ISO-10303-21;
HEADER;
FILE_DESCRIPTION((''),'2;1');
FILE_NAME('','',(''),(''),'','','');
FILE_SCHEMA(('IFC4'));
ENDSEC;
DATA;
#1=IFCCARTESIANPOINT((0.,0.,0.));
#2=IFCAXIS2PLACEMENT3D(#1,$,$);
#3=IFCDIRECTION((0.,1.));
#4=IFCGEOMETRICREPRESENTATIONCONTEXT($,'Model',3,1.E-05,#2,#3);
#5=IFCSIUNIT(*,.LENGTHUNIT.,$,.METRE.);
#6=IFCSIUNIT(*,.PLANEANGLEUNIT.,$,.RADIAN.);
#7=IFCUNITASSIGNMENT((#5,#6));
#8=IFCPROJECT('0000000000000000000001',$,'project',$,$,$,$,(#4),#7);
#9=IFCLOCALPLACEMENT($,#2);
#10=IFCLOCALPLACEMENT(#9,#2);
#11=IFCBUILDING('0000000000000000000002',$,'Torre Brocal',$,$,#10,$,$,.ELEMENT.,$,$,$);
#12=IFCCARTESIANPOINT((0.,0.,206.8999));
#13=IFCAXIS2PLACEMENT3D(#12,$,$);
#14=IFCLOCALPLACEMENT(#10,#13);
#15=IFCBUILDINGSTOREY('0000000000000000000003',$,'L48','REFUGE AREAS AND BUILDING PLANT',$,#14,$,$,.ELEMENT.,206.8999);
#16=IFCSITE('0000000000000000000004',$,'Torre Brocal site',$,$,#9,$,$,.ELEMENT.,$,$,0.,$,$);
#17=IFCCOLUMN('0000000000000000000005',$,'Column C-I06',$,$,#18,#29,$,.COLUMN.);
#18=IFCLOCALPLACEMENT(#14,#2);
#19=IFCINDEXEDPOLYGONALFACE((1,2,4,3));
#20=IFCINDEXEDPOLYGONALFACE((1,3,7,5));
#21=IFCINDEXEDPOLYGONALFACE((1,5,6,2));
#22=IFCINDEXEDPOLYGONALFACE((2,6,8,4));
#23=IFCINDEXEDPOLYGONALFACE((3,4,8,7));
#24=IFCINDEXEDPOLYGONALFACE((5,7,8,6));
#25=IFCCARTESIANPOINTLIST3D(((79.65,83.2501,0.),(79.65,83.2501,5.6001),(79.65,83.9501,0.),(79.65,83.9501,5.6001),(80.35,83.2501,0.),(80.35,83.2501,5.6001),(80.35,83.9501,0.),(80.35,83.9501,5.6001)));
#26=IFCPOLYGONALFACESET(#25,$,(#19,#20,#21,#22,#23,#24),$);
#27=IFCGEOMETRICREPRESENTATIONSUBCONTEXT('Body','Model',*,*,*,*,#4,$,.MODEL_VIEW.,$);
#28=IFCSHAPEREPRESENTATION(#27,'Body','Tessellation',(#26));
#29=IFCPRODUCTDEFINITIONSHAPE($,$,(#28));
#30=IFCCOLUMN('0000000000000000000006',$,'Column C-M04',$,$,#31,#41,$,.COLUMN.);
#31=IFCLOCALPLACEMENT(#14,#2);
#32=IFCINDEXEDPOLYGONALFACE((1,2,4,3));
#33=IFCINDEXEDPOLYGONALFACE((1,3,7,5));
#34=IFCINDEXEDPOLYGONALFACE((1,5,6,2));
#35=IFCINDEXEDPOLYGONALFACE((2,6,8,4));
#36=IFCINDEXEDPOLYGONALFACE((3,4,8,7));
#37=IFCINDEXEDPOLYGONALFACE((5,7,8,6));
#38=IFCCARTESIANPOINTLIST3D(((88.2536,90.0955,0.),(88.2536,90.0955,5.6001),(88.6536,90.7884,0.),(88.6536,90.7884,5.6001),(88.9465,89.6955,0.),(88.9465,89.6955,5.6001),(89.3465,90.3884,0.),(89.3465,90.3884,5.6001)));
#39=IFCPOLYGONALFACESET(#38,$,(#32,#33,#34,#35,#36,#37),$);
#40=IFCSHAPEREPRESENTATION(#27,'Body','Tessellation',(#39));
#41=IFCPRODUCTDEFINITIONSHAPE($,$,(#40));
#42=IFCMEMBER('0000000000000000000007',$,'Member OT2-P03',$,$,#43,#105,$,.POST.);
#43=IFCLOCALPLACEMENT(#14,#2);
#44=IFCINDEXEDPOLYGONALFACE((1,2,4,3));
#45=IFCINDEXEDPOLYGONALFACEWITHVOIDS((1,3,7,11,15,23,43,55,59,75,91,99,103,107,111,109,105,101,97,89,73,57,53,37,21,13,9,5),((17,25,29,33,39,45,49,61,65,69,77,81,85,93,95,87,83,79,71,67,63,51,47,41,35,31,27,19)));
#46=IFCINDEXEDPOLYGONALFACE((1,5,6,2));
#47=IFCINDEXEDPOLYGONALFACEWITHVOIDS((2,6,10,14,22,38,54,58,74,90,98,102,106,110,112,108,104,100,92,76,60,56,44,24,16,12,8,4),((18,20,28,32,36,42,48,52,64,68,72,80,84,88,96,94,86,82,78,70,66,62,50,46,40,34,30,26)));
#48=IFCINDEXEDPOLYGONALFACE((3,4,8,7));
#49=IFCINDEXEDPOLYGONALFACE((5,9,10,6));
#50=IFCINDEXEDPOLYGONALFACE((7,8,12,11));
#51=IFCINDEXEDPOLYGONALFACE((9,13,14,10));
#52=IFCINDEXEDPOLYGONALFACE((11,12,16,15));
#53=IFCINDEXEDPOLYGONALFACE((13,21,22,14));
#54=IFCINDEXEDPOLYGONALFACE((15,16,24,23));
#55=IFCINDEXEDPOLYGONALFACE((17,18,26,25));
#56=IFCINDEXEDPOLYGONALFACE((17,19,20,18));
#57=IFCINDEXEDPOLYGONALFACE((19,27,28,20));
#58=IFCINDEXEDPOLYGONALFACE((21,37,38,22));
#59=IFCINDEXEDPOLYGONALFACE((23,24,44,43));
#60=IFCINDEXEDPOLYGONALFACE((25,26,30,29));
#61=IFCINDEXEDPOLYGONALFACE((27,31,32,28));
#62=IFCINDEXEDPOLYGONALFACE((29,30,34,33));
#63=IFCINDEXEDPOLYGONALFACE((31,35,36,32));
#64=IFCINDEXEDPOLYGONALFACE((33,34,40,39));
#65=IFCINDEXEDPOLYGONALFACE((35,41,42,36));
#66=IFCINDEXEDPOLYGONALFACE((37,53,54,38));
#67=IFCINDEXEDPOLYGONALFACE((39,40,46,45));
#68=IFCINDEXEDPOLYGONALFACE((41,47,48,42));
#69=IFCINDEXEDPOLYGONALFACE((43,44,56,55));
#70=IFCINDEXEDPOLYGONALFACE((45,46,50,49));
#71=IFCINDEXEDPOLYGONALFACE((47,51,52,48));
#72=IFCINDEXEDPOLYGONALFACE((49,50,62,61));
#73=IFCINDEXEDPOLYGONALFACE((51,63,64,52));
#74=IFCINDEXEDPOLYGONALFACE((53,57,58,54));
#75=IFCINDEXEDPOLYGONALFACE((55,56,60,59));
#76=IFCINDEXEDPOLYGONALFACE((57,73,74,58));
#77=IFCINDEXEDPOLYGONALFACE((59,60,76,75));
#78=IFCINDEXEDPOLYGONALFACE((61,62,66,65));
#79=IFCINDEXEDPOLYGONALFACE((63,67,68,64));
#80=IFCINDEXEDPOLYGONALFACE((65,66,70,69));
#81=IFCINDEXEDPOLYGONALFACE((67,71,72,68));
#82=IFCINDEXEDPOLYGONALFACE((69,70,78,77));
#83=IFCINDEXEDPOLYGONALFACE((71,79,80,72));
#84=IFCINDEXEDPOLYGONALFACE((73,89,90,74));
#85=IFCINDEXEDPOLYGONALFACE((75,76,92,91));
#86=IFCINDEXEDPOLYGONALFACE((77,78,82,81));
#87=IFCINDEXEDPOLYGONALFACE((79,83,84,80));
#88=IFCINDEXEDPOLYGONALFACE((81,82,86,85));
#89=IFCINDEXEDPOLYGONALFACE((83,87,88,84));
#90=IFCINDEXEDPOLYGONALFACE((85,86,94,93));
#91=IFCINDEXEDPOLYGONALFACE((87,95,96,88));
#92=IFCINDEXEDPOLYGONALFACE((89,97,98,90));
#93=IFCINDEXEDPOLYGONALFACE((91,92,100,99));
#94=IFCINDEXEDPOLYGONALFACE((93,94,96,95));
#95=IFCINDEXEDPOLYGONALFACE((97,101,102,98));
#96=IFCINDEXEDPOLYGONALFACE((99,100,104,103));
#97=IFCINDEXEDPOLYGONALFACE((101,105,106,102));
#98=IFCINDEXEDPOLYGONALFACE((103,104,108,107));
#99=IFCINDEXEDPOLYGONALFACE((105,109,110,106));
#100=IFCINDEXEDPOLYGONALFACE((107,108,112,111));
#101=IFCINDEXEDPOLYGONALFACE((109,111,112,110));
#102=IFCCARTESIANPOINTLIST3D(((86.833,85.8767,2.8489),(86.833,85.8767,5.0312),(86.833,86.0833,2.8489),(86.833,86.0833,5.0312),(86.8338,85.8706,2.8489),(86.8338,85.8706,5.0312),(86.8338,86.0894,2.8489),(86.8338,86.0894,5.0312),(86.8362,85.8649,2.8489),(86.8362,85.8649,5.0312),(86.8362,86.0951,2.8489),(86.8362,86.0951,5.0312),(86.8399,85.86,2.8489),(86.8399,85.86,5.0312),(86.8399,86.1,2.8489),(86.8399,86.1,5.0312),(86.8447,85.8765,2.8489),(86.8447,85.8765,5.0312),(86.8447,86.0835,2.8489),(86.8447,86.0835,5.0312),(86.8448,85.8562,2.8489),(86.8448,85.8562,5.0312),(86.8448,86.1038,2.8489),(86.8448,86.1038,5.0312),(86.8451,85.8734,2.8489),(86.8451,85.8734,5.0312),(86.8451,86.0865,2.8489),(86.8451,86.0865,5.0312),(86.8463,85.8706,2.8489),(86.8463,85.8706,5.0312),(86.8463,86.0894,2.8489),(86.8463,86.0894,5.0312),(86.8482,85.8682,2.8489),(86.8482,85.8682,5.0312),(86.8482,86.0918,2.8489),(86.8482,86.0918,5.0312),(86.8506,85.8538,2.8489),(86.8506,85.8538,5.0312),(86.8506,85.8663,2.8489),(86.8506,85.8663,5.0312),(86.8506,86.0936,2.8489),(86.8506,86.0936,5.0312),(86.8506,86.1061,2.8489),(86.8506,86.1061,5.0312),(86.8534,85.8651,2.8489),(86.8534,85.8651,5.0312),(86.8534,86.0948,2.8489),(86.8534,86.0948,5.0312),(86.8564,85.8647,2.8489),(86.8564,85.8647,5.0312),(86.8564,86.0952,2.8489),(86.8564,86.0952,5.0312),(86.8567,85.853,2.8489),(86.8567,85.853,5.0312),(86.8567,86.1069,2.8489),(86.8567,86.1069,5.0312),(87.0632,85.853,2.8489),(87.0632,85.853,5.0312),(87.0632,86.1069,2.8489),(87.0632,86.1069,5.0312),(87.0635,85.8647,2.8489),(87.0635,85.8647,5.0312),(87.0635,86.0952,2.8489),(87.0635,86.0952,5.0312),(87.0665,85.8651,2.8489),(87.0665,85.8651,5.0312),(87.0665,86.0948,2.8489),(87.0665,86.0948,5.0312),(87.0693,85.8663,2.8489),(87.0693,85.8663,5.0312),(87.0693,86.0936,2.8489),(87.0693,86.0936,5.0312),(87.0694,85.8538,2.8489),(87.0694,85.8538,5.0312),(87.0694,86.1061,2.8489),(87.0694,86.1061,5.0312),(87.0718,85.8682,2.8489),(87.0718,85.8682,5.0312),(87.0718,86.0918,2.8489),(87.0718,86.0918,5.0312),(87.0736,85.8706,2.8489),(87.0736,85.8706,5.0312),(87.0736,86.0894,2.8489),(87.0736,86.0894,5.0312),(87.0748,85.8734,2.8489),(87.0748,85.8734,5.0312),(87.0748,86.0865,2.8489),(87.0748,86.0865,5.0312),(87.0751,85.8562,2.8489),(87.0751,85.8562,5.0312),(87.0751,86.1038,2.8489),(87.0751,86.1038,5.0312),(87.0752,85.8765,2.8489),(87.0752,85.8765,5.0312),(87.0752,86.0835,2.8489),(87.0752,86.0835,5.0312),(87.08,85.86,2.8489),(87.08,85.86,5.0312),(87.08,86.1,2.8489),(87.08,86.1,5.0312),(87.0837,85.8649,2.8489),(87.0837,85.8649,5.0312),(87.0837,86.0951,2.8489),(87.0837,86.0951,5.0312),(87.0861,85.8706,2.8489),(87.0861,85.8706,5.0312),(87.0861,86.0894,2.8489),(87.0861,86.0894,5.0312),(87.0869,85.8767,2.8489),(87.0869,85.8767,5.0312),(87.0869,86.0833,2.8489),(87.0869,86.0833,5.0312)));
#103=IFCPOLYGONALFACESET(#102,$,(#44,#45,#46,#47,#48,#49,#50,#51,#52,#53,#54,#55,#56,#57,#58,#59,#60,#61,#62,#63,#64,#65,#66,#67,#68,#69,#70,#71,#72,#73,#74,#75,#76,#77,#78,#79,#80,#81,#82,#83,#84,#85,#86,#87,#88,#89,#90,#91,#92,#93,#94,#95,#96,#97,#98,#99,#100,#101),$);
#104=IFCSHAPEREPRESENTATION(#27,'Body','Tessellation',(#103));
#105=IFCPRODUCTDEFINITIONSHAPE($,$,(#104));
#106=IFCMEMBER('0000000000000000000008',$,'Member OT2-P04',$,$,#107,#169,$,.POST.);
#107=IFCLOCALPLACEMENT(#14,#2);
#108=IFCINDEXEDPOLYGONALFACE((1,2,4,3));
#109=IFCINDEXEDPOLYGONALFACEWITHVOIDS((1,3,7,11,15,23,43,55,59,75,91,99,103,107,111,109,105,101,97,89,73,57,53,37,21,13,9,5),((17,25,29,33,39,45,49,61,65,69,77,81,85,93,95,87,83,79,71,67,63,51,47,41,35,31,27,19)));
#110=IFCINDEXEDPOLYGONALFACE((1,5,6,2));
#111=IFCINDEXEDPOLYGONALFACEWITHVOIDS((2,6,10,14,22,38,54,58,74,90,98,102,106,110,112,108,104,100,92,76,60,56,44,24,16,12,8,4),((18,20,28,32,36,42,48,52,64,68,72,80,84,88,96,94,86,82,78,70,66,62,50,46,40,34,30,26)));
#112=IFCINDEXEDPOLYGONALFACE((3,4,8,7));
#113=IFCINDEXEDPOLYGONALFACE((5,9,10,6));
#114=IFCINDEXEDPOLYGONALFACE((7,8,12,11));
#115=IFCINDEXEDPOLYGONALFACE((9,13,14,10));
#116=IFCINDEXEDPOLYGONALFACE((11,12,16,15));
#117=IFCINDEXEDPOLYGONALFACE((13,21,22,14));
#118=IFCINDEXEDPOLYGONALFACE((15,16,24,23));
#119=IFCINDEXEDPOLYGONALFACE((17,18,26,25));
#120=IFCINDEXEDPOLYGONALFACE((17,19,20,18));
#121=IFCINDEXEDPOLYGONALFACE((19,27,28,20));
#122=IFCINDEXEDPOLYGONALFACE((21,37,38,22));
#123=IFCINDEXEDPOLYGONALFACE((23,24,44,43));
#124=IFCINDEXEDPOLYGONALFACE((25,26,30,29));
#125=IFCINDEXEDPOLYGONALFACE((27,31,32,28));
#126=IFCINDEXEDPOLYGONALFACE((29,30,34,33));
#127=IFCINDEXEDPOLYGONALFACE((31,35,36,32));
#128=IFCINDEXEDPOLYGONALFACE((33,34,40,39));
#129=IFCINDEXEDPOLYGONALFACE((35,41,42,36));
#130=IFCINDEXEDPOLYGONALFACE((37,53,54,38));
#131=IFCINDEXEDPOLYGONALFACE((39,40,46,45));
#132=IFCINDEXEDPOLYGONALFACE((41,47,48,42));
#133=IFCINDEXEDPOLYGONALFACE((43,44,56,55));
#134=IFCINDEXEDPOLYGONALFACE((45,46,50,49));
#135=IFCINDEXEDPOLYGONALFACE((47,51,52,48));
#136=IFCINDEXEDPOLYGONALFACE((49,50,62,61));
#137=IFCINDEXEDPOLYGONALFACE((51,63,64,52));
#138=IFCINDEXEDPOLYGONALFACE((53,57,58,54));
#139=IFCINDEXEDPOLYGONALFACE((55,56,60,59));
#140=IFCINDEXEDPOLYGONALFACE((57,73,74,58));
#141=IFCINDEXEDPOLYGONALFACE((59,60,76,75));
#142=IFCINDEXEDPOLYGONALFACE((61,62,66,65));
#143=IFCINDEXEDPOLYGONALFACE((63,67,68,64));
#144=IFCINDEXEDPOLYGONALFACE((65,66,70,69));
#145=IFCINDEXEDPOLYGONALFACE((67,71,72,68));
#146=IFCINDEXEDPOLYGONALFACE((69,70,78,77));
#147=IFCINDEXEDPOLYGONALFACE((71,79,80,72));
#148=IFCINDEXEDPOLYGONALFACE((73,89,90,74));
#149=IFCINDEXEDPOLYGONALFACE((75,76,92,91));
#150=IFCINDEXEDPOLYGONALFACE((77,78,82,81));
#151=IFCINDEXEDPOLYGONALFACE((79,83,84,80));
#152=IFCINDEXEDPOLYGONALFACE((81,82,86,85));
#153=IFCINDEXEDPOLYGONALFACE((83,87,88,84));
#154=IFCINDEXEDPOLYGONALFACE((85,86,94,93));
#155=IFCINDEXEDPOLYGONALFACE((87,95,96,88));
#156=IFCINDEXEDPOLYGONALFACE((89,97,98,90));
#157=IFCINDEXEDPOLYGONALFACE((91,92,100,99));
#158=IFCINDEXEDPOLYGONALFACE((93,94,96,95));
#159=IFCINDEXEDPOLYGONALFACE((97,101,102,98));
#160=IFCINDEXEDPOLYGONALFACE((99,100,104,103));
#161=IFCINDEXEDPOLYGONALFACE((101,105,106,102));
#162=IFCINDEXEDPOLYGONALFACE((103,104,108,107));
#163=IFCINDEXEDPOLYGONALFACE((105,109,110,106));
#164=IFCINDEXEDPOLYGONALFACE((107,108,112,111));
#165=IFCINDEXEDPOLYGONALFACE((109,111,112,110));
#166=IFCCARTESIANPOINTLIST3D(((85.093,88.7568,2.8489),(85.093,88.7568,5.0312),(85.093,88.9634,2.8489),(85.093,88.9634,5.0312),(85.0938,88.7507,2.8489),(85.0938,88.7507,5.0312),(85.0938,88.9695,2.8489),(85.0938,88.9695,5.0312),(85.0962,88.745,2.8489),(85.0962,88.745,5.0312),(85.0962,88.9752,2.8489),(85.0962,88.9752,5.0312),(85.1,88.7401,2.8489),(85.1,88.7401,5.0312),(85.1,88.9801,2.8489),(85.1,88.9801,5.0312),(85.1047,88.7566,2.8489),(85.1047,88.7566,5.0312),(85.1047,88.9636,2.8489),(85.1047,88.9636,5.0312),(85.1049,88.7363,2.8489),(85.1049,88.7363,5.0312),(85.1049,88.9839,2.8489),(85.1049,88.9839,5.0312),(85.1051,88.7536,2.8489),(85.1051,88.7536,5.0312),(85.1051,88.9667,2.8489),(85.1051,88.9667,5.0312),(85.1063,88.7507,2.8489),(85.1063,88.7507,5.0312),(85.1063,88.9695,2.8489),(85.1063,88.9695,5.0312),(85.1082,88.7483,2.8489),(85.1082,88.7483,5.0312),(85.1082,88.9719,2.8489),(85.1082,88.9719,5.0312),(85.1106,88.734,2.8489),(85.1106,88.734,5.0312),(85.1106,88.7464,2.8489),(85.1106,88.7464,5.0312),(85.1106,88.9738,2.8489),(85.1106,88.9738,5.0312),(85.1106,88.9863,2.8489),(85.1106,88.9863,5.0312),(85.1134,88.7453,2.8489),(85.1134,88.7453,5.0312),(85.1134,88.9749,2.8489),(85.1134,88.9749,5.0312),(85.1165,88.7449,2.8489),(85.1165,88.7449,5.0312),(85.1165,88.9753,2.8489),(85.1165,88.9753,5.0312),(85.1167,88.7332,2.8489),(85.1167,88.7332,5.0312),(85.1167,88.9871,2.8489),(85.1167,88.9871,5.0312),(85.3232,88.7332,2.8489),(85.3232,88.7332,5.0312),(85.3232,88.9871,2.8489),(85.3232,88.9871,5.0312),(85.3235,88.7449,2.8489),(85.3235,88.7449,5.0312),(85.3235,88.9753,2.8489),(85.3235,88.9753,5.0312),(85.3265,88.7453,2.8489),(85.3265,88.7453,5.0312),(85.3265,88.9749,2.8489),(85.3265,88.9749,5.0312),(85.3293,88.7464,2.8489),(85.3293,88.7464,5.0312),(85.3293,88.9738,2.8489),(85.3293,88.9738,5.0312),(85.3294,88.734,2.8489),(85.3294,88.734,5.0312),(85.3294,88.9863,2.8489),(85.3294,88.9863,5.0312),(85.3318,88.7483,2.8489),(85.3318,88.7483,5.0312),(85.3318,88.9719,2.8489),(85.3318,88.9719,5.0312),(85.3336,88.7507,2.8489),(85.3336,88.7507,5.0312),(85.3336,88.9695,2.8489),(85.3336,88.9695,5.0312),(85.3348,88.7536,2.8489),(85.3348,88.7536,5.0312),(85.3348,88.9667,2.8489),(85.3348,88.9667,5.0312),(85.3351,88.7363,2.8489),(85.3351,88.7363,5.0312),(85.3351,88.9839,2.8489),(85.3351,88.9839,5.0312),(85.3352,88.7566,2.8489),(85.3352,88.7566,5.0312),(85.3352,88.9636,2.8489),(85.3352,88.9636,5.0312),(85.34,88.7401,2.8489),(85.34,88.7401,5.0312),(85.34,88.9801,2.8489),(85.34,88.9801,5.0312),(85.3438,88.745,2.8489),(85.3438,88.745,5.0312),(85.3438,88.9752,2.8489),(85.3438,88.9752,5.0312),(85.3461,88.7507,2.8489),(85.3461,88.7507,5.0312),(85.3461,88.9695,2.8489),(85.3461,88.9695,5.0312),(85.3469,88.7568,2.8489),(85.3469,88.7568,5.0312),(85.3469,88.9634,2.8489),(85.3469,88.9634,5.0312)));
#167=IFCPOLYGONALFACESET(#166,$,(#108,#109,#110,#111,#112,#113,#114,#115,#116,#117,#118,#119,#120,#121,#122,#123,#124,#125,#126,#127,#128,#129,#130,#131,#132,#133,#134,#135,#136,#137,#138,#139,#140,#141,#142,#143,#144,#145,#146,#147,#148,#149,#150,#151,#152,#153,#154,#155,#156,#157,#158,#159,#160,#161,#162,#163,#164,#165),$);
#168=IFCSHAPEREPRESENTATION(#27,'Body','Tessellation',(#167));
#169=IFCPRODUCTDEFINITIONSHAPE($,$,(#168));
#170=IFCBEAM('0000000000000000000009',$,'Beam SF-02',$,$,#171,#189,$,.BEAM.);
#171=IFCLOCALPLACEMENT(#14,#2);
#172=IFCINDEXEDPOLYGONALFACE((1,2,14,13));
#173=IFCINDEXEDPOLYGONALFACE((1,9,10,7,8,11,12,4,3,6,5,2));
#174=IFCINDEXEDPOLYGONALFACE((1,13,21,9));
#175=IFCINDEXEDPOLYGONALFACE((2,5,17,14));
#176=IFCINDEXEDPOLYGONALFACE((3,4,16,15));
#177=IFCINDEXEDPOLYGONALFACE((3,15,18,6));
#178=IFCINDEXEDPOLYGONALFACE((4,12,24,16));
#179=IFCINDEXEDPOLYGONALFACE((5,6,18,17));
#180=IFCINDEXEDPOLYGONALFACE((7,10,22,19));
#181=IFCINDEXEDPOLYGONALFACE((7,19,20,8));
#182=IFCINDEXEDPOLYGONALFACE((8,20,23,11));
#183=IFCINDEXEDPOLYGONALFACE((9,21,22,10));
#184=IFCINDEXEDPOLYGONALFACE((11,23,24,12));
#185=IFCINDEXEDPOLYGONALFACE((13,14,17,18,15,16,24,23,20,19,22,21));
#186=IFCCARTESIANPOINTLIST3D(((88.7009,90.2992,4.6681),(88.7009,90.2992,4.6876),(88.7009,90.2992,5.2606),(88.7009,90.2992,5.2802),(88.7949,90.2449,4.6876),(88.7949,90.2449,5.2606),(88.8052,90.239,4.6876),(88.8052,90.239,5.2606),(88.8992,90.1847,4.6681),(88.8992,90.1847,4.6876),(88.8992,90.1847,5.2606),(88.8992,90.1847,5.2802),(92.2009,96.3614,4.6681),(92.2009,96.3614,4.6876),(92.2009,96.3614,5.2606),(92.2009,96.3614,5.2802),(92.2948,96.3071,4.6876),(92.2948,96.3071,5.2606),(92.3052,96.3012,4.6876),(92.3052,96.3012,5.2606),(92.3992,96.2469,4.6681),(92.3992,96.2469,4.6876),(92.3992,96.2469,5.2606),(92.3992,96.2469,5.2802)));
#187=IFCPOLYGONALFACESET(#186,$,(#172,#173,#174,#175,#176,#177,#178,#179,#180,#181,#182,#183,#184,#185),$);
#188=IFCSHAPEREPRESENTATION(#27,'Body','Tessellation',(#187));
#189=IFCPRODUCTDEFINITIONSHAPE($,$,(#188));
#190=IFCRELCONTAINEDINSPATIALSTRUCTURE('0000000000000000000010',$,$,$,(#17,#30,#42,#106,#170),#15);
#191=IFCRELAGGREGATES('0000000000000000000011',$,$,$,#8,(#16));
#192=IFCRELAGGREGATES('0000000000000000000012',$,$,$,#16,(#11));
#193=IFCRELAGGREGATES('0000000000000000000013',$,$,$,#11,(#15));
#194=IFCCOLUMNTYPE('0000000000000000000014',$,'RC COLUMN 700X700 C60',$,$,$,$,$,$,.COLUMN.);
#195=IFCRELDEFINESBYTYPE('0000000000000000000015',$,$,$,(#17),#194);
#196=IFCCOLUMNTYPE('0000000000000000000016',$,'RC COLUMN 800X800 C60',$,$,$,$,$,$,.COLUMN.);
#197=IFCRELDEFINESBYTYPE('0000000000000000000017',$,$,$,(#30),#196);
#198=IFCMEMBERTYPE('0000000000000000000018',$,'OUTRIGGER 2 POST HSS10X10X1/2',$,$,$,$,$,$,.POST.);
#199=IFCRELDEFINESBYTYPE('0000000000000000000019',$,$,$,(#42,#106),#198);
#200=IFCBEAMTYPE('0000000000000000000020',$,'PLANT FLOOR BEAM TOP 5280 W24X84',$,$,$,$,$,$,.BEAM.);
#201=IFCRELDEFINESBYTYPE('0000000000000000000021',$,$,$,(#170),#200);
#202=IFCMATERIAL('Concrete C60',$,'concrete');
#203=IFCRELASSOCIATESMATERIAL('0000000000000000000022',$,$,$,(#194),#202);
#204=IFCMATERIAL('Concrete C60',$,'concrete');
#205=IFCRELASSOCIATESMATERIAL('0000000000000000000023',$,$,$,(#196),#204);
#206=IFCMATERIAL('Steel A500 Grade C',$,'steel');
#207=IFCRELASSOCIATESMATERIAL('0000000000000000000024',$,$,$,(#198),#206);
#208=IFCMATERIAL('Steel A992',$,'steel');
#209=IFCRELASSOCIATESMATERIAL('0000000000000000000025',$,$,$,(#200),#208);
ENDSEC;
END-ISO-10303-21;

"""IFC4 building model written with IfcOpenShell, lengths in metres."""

from ifc_helpers import new_model, si_unit, direction, frame, origin, origin_2d, place, context, subcontext, project, spatial, rectangle, hollow_rectangle, i_section, extrude, material, material_profile, profile_set, type_object, element, save


model = new_model("IFC4")

# Units and contexts
model_context = context("Model", 3, precision=1e-05, world=origin(), true_north=direction((0.0, 1.0)))
body_context = subcontext(model_context, "Body", "Model", "MODEL_VIEW")
ifc_project = project(units=[si_unit("LENGTHUNIT", "METRE"), si_unit("PLANEANGLEUNIT", "RADIAN")], contexts=[model_context])

# Site, building, storey
site_placement = place(None, origin())
site = spatial("IfcSite", under=ifc_project, at=site_placement, Name="Torre Brocal site", CompositionType="ELEMENT", RefElevation=0.0)
building_placement = place(site_placement, origin())
building = spatial("IfcBuilding", under=site, at=building_placement, Name="Torre Brocal", CompositionType="ELEMENT")
storey_placement = place(building_placement, frame((0.0, 0.0, 206.8999)))
storey = spatial("IfcBuildingStorey", under=building, at=storey_placement, Name="L48", Description="REFUGE AREAS AND BUILDING PLANT", CompositionType="ELEMENT", Elevation=206.8999)

# Columns
ifc_material_1 = material(Name="Concrete C60", Category="concrete")
ifc_material_profile_1 = material_profile(ifc_material_1, rectangle(XDim=0.7, YDim=0.7, at=origin_2d()), Name="RC 700X700")
ifc_profile_set_1 = profile_set([ifc_material_profile_1], Name="Concrete C60")
column_type_1 = type_object("IfcColumnType", Name="RC COLUMN 700X700 C60", PredefinedType="COLUMN", material=ifc_profile_set_1)
column_1_placement = place(storey_placement, frame((80.0, 83.6001, 0.0), z_axis=(0.0, 0.0, 1.0), x_axis=(0.0, 1.0, 0.0)))
element("IfcColumn", 1, at=column_1_placement, inside=storey, type_object=column_type_1, Name="Column C-I06", PredefinedType="COLUMN", context=body_context, shape_type="SweptSolid", body=[
    extrude(rectangle(XDim=0.7, YDim=0.7, at=origin_2d()), origin(), (0.0, 0.0, 1.0), 5.6001),
])
ifc_material_2 = material(Name="Concrete C60", Category="concrete")
ifc_material_profile_2 = material_profile(ifc_material_2, rectangle(XDim=0.8, YDim=0.8, at=origin_2d()), Name="RC 800X800")
ifc_profile_set_2 = profile_set([ifc_material_profile_2], Name="Concrete C60")
column_type_2 = type_object("IfcColumnType", Name="RC COLUMN 800X800 C60", PredefinedType="COLUMN", material=ifc_profile_set_2)
column_2_placement = place(storey_placement, frame((88.8, 90.2419, 0.0), z_axis=(0.0, 0.0, 1.0), x_axis=(0.5, 0.866025, 0.0)))
element("IfcColumn", 2, at=column_2_placement, inside=storey, type_object=column_type_2, Name="Column C-M04", PredefinedType="COLUMN", context=body_context, shape_type="SweptSolid", body=[
    extrude(rectangle(XDim=0.8, YDim=0.8, at=origin_2d()), origin(), (0.0, 0.0, 1.0), 5.6001),
])

# Members
ifc_material_3 = material(Name="Steel A500 Grade C", Category="steel")
ifc_material_profile_3 = material_profile(ifc_material_3, hollow_rectangle(XDim=0.2539, YDim=0.2539, WallThickness=0.0117, InnerFilletRadius=0.0117, OuterFilletRadius=0.0237, at=origin_2d()), Name="HSS10X10X1/2")
ifc_profile_set_3 = profile_set([ifc_material_profile_3], Name="Steel A500 Grade C")
member_type_1 = type_object("IfcMemberType", Name="OUTRIGGER 2 POST HSS10X10X1/2", PredefinedType="POST", material=ifc_profile_set_3)
for number, where, z_axis, x_axis, name in (
    (3, (86.96, 85.98, 2.8489), (0.0, 0.0, 1.0), (1.0, 0.0, 0.0), "Member OT2-P03"),
    (4, (85.22, 88.8601, 2.8489), (0.0, 0.0, 1.0), (1.0, 0.0, 0.0), "Member OT2-P04"),
):
    element("IfcMember", number, at=place(storey_placement, frame(where, z_axis=z_axis, x_axis=x_axis)), inside=storey, type_object=member_type_1, Name=name, PredefinedType="POST", context=body_context, shape_type="SweptSolid", body=[
        extrude(hollow_rectangle(XDim=0.2539, YDim=0.2539, WallThickness=0.0117, InnerFilletRadius=0.0117, OuterFilletRadius=0.0237, at=origin_2d()), origin(), (0.0, 0.0, 1.0), 2.1824),
    ])

# Beam
ifc_material_4 = material(Name="Steel A992", Category="steel")
ifc_material_profile_4 = material_profile(ifc_material_4, i_section(OverallWidth=0.229, OverallDepth=0.6121, WebThickness=0.012, FlangeThickness=0.0195, at=origin_2d()), Name="W24X84")
ifc_profile_set_4 = profile_set([ifc_material_profile_4], Name="Steel A992")
beam_type_1 = type_object("IfcBeamType", Name="PLANT FLOOR BEAM TOP 5280 W24X84", PredefinedType="BEAM", material=ifc_profile_set_4)
beam_1_placement = place(storey_placement, frame((88.8, 90.2419, 4.9741), z_axis=(0.499995, 0.866028, 0.0), x_axis=(-0.866028, 0.499995, 0.0)))
element("IfcBeam", 5, at=beam_1_placement, inside=storey, type_object=beam_type_1, Name="Beam SF-02", PredefinedType="BEAM", context=body_context, shape_type="SweptSolid", body=[
    extrude(i_section(OverallWidth=0.229, OverallDepth=0.6121, WebThickness=0.012, FlangeThickness=0.0195, at=origin_2d()), origin(), (0.0, 0.0, 1.0), 7.0),
])

save(model, "model.ifc")
